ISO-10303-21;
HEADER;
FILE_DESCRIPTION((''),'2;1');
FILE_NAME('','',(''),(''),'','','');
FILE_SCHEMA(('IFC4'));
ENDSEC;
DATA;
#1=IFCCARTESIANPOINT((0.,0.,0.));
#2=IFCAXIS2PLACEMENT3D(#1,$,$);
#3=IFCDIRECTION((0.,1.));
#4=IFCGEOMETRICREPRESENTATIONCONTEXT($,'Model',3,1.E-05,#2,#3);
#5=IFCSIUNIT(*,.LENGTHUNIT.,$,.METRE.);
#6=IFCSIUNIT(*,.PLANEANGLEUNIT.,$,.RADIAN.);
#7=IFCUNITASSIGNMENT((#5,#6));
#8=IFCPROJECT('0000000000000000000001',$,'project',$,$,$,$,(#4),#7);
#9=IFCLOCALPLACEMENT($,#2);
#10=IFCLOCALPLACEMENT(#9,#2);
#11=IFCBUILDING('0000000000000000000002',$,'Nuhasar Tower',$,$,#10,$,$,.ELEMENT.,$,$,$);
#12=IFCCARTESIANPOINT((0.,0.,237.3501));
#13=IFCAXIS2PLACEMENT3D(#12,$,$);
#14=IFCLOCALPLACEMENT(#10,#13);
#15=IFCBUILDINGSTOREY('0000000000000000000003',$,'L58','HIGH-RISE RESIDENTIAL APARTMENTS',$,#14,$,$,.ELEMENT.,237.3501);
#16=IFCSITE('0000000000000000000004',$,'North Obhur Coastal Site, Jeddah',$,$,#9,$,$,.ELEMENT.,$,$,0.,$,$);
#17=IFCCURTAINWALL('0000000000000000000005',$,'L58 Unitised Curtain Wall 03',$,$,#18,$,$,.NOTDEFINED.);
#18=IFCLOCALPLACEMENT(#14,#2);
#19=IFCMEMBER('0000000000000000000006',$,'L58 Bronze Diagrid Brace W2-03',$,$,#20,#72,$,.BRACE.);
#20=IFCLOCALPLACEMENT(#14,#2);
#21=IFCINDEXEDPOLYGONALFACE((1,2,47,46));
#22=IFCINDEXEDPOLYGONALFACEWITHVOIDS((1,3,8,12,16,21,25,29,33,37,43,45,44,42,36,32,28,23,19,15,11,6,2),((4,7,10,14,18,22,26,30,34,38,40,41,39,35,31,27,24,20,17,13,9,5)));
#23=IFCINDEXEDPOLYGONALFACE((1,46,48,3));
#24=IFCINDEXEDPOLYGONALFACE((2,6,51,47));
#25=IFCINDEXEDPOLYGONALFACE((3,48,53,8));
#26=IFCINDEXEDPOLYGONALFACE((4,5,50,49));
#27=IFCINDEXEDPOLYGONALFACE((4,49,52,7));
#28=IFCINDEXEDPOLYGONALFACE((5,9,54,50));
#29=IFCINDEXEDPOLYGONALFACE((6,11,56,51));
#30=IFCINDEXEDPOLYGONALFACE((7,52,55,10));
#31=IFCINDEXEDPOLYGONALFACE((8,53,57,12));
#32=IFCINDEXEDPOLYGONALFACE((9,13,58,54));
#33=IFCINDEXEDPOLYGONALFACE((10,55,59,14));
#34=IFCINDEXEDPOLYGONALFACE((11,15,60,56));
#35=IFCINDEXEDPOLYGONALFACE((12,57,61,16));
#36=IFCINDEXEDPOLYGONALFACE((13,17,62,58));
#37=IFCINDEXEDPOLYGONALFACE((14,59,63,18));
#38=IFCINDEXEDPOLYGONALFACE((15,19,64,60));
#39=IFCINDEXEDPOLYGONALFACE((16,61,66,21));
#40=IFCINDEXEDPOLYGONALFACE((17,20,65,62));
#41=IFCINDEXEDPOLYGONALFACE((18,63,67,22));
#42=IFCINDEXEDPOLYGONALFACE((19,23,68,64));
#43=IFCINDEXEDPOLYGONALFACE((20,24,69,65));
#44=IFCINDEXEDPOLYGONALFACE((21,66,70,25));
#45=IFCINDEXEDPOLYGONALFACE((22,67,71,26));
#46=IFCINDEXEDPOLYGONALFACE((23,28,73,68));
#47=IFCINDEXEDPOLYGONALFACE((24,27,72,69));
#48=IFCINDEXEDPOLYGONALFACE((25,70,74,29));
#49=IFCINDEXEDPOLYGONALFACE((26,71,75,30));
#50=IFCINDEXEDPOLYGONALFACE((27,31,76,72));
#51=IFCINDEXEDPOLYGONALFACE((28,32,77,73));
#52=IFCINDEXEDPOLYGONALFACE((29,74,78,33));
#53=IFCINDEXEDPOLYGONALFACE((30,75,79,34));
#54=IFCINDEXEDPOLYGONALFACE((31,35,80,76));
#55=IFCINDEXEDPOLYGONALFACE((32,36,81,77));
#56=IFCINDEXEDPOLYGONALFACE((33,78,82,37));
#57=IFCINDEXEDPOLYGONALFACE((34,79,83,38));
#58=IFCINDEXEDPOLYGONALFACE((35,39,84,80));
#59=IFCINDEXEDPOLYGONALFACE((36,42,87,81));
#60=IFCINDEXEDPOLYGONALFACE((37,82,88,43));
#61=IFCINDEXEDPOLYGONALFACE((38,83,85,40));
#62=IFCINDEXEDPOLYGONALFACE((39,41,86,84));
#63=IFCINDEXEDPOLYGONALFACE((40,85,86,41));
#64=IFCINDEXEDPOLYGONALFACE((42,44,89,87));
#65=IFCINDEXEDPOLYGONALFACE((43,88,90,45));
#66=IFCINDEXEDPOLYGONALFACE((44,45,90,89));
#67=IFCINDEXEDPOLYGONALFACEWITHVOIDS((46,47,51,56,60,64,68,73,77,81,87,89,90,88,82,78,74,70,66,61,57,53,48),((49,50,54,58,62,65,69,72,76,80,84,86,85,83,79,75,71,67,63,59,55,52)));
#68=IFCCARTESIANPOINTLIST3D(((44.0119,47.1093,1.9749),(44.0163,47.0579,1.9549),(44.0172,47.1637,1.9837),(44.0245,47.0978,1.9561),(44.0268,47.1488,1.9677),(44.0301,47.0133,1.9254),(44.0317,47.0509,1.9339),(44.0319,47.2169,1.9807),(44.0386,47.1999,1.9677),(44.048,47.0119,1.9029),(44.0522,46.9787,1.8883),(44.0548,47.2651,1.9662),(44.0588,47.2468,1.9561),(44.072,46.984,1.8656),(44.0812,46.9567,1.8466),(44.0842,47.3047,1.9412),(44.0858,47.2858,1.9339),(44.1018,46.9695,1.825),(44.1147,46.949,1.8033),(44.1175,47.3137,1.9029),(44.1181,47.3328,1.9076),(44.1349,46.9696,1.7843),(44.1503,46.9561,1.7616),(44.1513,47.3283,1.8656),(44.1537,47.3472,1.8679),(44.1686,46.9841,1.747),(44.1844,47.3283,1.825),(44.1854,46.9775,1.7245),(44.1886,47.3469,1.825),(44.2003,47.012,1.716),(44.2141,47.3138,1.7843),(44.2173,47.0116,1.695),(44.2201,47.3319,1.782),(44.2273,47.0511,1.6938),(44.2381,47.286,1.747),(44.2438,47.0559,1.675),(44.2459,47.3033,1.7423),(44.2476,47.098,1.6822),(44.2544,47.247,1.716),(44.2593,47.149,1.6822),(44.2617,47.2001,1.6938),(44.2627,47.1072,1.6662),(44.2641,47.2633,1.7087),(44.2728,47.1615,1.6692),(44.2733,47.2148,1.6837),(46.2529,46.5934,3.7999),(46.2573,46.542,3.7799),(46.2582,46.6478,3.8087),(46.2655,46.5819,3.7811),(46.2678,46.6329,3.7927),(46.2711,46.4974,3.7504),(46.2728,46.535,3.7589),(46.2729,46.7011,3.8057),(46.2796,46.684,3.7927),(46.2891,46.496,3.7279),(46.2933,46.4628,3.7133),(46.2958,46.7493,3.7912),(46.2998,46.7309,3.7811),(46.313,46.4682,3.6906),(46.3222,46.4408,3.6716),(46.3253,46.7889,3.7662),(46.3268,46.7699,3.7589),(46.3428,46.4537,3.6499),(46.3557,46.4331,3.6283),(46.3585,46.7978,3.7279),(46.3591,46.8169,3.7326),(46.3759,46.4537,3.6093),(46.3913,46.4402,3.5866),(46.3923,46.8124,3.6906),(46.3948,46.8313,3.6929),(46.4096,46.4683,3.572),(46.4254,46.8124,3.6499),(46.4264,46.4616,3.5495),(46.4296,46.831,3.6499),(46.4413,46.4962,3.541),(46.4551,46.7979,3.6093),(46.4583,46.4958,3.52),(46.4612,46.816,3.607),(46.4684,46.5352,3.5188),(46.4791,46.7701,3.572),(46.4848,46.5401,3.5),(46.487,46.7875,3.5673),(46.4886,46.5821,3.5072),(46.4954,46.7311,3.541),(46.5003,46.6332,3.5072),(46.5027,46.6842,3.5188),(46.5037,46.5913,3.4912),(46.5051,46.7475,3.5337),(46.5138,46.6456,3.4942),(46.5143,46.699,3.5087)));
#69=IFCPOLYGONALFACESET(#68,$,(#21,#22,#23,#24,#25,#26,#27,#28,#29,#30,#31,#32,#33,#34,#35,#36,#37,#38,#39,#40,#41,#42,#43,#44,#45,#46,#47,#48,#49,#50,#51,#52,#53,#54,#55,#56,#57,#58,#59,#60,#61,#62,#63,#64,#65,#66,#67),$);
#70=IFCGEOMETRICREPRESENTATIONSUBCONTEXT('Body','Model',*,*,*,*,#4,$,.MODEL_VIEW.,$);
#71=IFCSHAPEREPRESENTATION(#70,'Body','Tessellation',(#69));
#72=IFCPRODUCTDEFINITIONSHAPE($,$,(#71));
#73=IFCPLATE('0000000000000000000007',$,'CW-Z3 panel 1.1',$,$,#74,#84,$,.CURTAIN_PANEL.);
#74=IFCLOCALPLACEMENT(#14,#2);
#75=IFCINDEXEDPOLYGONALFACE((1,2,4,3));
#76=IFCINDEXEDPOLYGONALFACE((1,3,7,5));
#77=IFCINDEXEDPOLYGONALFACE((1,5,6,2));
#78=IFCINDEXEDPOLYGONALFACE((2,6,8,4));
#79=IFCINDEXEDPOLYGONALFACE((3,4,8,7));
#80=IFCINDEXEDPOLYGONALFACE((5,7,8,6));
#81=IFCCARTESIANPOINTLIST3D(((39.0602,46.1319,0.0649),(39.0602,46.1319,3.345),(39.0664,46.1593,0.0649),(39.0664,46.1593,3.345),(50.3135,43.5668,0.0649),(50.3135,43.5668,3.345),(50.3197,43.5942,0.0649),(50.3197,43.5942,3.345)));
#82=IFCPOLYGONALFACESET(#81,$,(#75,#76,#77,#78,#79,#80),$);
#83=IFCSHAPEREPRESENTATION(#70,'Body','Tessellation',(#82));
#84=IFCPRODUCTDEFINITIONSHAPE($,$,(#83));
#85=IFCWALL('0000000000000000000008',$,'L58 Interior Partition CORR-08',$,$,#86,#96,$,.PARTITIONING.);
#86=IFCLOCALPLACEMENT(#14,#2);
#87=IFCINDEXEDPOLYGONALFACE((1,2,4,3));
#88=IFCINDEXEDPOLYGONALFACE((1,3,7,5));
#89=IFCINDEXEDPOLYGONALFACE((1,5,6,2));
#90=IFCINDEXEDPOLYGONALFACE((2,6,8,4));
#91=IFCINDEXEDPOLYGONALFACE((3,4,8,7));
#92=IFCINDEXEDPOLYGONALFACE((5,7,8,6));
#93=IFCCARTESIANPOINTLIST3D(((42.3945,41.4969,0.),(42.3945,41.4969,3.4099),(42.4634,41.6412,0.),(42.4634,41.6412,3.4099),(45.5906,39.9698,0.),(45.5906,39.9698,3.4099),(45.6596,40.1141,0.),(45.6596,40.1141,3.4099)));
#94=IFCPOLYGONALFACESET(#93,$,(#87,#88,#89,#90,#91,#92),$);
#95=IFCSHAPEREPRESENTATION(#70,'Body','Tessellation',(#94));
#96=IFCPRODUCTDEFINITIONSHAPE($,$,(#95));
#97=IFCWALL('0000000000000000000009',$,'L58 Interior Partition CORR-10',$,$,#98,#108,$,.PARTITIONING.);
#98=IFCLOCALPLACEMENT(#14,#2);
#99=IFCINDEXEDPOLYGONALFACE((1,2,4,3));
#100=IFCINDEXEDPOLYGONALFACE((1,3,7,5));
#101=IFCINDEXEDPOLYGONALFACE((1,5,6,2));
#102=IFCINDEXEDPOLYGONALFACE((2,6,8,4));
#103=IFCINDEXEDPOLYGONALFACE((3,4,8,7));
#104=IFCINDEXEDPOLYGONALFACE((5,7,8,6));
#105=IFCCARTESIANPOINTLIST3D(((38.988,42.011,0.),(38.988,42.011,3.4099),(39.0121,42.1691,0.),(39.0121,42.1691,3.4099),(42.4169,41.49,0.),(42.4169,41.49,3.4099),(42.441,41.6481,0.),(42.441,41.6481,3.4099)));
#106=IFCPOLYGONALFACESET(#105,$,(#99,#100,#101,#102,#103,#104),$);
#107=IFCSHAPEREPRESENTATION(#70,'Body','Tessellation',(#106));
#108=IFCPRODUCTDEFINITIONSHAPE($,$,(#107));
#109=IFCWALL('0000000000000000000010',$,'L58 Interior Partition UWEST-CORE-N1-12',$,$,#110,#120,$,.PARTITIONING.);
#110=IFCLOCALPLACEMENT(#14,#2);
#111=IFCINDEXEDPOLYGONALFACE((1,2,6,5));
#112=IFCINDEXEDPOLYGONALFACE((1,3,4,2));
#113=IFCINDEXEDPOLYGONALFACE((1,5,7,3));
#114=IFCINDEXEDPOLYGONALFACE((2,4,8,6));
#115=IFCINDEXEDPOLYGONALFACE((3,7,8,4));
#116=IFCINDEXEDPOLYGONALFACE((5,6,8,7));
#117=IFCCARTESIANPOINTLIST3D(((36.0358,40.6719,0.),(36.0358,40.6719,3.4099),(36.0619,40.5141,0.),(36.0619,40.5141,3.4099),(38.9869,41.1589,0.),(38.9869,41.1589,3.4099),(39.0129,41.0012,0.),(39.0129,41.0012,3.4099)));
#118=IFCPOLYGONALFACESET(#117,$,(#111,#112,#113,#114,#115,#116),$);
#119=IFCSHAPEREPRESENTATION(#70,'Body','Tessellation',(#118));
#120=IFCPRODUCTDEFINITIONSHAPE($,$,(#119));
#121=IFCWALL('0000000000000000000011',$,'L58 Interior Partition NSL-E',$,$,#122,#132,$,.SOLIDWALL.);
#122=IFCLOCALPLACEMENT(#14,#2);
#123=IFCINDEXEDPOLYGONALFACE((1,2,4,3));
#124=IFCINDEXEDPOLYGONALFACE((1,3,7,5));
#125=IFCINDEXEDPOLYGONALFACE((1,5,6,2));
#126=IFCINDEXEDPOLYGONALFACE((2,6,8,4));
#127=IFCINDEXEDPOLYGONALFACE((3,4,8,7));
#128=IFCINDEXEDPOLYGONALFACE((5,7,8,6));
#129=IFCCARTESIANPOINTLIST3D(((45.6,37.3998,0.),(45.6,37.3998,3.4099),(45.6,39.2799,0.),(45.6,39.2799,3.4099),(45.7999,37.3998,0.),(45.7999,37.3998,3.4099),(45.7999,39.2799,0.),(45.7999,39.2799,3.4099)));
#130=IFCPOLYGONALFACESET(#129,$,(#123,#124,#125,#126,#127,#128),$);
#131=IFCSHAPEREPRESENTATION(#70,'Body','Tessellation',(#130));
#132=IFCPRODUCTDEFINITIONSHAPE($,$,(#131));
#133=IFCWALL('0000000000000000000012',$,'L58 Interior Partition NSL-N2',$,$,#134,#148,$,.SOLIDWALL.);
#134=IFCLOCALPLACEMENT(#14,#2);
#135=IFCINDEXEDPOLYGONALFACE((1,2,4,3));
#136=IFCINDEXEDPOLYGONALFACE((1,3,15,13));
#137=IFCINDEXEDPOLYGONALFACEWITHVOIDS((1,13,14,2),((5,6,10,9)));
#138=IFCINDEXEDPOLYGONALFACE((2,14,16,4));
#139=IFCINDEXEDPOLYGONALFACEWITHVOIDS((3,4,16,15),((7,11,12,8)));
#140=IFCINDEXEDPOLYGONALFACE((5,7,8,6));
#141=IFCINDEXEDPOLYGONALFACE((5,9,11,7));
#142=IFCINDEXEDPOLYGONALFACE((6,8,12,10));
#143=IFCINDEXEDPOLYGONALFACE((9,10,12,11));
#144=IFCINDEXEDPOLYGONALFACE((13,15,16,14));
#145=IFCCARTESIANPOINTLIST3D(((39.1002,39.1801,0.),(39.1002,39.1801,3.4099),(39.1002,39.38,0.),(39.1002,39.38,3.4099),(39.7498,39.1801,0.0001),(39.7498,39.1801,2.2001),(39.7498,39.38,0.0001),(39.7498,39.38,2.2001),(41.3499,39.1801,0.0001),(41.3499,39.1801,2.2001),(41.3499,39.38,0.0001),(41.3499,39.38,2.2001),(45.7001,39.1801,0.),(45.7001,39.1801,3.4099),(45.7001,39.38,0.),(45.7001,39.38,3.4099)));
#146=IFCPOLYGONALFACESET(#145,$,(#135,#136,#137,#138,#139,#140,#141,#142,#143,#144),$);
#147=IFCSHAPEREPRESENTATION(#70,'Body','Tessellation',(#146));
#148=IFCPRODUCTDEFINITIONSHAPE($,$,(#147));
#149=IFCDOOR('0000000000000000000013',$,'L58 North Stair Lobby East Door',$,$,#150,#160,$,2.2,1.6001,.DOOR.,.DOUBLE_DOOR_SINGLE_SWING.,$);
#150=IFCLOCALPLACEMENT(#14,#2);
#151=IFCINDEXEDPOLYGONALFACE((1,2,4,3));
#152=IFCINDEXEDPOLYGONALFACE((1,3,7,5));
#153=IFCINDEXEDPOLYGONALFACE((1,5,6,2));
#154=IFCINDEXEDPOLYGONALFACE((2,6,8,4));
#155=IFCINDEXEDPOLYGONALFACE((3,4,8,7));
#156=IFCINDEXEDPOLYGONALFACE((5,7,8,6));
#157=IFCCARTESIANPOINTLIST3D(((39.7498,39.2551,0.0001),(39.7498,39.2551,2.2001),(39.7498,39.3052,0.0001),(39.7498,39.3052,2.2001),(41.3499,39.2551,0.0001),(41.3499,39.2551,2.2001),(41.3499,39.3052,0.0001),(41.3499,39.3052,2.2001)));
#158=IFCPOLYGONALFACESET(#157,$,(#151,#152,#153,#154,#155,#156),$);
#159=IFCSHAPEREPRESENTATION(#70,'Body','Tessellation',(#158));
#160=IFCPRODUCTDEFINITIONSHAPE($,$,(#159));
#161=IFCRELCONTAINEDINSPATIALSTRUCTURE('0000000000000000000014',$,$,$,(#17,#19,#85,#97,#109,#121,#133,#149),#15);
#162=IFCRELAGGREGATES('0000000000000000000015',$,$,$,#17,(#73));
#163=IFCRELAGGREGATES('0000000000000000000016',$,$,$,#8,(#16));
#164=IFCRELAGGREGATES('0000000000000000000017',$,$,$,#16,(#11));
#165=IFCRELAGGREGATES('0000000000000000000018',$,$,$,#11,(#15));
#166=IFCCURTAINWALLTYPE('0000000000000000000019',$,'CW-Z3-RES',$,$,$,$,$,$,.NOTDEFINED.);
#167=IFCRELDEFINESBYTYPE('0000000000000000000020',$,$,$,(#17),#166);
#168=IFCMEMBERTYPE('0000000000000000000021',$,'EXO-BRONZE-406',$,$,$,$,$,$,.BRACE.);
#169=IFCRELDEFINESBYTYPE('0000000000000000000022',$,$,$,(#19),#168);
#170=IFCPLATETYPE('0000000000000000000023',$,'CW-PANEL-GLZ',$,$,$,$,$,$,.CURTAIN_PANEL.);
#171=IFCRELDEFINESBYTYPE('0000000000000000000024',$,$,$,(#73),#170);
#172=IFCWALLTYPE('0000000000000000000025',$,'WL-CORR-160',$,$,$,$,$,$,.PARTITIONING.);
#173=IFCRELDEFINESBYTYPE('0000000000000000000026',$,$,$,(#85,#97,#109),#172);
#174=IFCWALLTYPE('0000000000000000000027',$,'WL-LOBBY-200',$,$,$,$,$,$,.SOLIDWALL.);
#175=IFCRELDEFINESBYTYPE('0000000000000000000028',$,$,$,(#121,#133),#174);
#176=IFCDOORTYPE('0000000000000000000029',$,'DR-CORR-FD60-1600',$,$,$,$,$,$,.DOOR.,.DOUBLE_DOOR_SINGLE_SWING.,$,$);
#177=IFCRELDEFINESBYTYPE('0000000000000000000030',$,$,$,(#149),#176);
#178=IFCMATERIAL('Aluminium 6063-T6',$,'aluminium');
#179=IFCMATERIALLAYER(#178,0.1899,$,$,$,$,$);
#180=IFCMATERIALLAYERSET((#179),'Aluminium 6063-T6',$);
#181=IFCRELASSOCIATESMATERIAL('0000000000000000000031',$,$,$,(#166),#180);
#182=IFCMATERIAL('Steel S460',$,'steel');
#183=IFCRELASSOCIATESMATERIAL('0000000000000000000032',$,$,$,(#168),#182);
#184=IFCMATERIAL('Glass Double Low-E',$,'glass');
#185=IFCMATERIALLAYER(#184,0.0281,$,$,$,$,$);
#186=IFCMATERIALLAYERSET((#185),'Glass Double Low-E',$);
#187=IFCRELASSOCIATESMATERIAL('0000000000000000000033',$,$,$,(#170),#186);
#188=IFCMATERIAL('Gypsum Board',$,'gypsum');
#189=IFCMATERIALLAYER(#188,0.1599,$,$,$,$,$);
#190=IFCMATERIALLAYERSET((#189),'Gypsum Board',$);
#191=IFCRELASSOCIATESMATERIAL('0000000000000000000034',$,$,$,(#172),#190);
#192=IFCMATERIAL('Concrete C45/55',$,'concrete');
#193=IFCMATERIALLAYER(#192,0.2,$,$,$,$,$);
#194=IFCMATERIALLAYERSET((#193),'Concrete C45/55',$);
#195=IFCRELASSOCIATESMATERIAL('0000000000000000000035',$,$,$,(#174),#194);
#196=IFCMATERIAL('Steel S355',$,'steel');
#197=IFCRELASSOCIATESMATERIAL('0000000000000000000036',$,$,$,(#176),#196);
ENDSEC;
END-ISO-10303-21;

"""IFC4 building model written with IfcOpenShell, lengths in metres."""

from ifc_helpers import new_model, si_unit, direction, frame, frame_2d, origin, origin_2d, place, context, subcontext, project, spatial, rectangle, hollow_circle, extrude, material, layer, layer_set, material_profile, profile_set, type_object, element, fill, aggregate, save


model = new_model("IFC4")

# Units and contexts
model_context = context("Model", 3, precision=1e-05, world=origin(), true_north=direction((0.0, 1.0)))
body_context = subcontext(model_context, "Body", "Model", "MODEL_VIEW")
ifc_project = project(units=[si_unit("LENGTHUNIT", "METRE"), si_unit("PLANEANGLEUNIT", "RADIAN")], contexts=[model_context])

# Site, building, storey
site_placement = place(None, origin())
site = spatial("IfcSite", under=ifc_project, at=site_placement, Name="North Obhur Coastal Site, Jeddah", CompositionType="ELEMENT", RefElevation=0.0)
building_placement = place(site_placement, origin())
building = spatial("IfcBuilding", under=site, at=building_placement, Name="Nuhasar Tower", CompositionType="ELEMENT")
storey_placement = place(building_placement, frame((0.0, 0.0, 237.3501)))
storey = spatial("IfcBuildingStorey", under=building, at=storey_placement, Name="L58", Description="HIGH-RISE RESIDENTIAL APARTMENTS", CompositionType="ELEMENT", Elevation=237.3501)

# Shared definitions
ifc_material_1 = material(Name="Steel S355", Category="steel")

# Curtain wall
ifc_material_2 = material(Name="Aluminium 6063-T6", Category="aluminium")
ifc_layer_1 = layer(ifc_material_2, 0.1899)
ifc_layer_set_1 = layer_set([ifc_layer_1], Name="Aluminium 6063-T6")
curtain_wall_type = type_object("IfcCurtainWallType", Name="CW-Z3-RES", PredefinedType="NOTDEFINED", material=ifc_layer_set_1)
curtain_wall_placement = place(storey_placement, origin())
curtain_wall = element("IfcCurtainWall", 1, at=curtain_wall_placement, inside=storey, type_object=curtain_wall_type, Name="L58 Unitised Curtain Wall 03", PredefinedType="NOTDEFINED")

# Member
ifc_material_3 = material(Name="Steel S460", Category="steel")
ifc_material_profile_1 = material_profile(ifc_material_3, hollow_circle(Radius=0.2031, WallThickness=0.019, at=origin_2d()), Name="HSS406.4X19.1")
ifc_profile_set_1 = profile_set([ifc_material_profile_1], Name="Steel S460")
member_type_1 = type_object("IfcMemberType", Name="EXO-BRONZE-406", PredefinedType="BRACE", material=ifc_profile_set_1)
for number, where, z_axis, x_axis, name in (
    (2, (44.1431, 47.1489, 1.825), (0.763343, -0.175721, 0.621635), (0.224332, 0.974513, 0.0), "L58 Bronze Diagrid Brace W2-03"),
):
    element("IfcMember", number, at=place(storey_placement, frame(where, z_axis=z_axis, x_axis=x_axis)), inside=storey, type_object=member_type_1, Name=name, PredefinedType="BRACE", context=body_context, shape_type="SweptSolid", body=[
        extrude(hollow_circle(Radius=0.2031, WallThickness=0.019, at=origin_2d()), origin(), (0.0, 0.0, 1.0), 2.9358),
    ])

# Plate
ifc_material_4 = material(Name="Glass Double Low-E", Category="glass")
ifc_layer_2 = layer(ifc_material_4, 0.0281)
ifc_layer_set_2 = layer_set([ifc_layer_2], Name="Glass Double Low-E")
plate_type = type_object("IfcPlateType", Name="CW-PANEL-GLZ", PredefinedType="CURTAIN_PANEL", material=ifc_layer_set_2)
plate_placement = place(storey_placement, frame((44.6899, 44.863, 0.0649), z_axis=(0.0, 0.0, 1.0), x_axis=(-0.974991, 0.222243, 0.0)))
plate = element("IfcPlate", 3, at=plate_placement, type_object=plate_type, Name="CW-Z3 panel 1.1", PredefinedType="CURTAIN_PANEL", context=body_context, shape_type="SweptSolid", body=[
    extrude(rectangle(XDim=11.542, YDim=0.0281, at=origin_2d()), origin(), (0.0, 0.0, 1.0), 3.28),
])
aggregate(curtain_wall, [plate])

# Walls
ifc_material_5 = material(Name="Gypsum Board", Category="gypsum")
ifc_layer_3 = layer(ifc_material_5, 0.1599)
ifc_layer_set_3 = layer_set([ifc_layer_3], Name="Gypsum Board")
wall_type_1 = type_object("IfcWallType", Name="WL-CORR-160", PredefinedType="PARTITIONING", material=ifc_layer_set_3)
wall_1_placement = place(storey_placement, frame((45.625, 40.042, 0.0), z_axis=(0.0, 0.0, 1.0), x_axis=(-0.902293, 0.431124, 0.0)))
element("IfcWall", 4, at=wall_1_placement, inside=storey, type_object=wall_type_1, Name="L58 Interior Partition CORR-08", PredefinedType="PARTITIONING", context=body_context, shape_type="SweptSolid", body=[
    extrude(rectangle(XDim=3.5422, YDim=0.1599, at=frame_2d((1.771, 0.0))), origin(), (0.0, 0.0, 1.0), 3.4099),
])
wall_2_placement = place(storey_placement, frame((42.429, 41.5691, 0.0), z_axis=(0.0, 0.0, 1.0), x_axis=(-0.988653, 0.150216, 0.0)))
element("IfcWall", 5, at=wall_2_placement, inside=storey, type_object=wall_type_1, Name="L58 Interior Partition CORR-10", PredefinedType="PARTITIONING", context=body_context, shape_type="SweptSolid", body=[
    extrude(rectangle(XDim=3.4683, YDim=0.1599, at=frame_2d((1.7341, 0.0))), origin(), (0.0, 0.0, 1.0), 3.4099),
])
wall_3_placement = place(storey_placement, frame((39.0, 41.0801, 0.0), z_axis=(0.0, 0.0, 1.0), x_axis=(-0.986651, -0.16285, 0.0)))
element("IfcWall", 6, at=wall_3_placement, inside=storey, type_object=wall_type_1, Name="L58 Interior Partition UWEST-CORE-N1-12", PredefinedType="PARTITIONING", context=body_context, shape_type="SweptSolid", body=[
    extrude(rectangle(XDim=2.991, YDim=0.1599, at=frame_2d((1.4956, 0.0))), origin(), (0.0, 0.0, 1.0), 3.4099),
])
ifc_material_6 = material(Name="Concrete C45/55", Category="concrete")
ifc_layer_4 = layer(ifc_material_6, 0.2)
ifc_layer_set_4 = layer_set([ifc_layer_4], Name="Concrete C45/55")
wall_type_2 = type_object("IfcWallType", Name="WL-LOBBY-200", PredefinedType="SOLIDWALL", material=ifc_layer_set_4)
wall_4_placement = place(storey_placement, frame((45.7, 37.3999, 0.0), z_axis=(0.0, 0.0, 1.0), x_axis=(0.0, 1.0, 0.0)))
element("IfcWall", 7, at=wall_4_placement, inside=storey, type_object=wall_type_2, Name="L58 Interior Partition NSL-E", PredefinedType="SOLIDWALL", context=body_context, shape_type="SweptSolid", body=[
    extrude(rectangle(XDim=1.8801, YDim=0.2, at=frame_2d((0.9399, 0.0))), origin(), (0.0, 0.0, 1.0), 3.4099),
])

# Wall, opening, door
wall_5_placement = place(storey_placement, frame((45.7, 39.28, 0.0), z_axis=(0.0, 0.0, 1.0), x_axis=(-1.0, 0.0, 0.0)))
wall_5 = element("IfcWall", 8, at=wall_5_placement, inside=storey, type_object=wall_type_2, Name="L58 Interior Partition NSL-N2", PredefinedType="SOLIDWALL", context=body_context, shape_type="SweptSolid", body=[
    extrude(rectangle(XDim=6.5999, YDim=0.2, at=frame_2d((3.2998, 0.0))), origin(), (0.0, 0.0, 1.0), 3.4099),
])
opening_1_placement = place(wall_5_placement, frame((4.3501, 0.0, 0.0)))
opening_1 = element("IfcOpeningElement", 9, at=opening_1_placement, cuts=wall_5, PredefinedType="OPENING", context=body_context, shape_type="SweptSolid", body=[
    extrude(rectangle(XDim=1.6001, YDim=2.2, at=frame_2d((0.8, 1.1001))), frame((0.0, 0.1099, 0.0), z_axis=(0.0, -1.0, 0.0), x_axis=(1.0, 0.0, 0.0)), (0.0, 0.0, 1.0), 0.22),
])
door_type_1 = type_object("IfcDoorType", Name="DR-CORR-FD60-1600", OperationType="DOUBLE_DOOR_SINGLE_SWING", PredefinedType="DOOR", material=ifc_material_1)
door_1_placement = place(opening_1_placement, origin())
door_1 = element("IfcDoor", 10, at=door_1_placement, inside=storey, type_object=door_type_1, Name="L58 North Stair Lobby East Door", OperationType="DOUBLE_DOOR_SINGLE_SWING", OverallHeight=2.2, OverallWidth=1.6001, PredefinedType="DOOR", context=body_context, shape_type="SweptSolid", body=[
    extrude(rectangle(XDim=1.6001, YDim=2.2, at=frame_2d((0.8, 1.1001))), frame((0.0, 0.0249, 0.0), z_axis=(0.0, -1.0, 0.0), x_axis=(1.0, 0.0, 0.0)), (0.0, 0.0, 1.0), 0.05),
])
fill(opening_1, door_1)

save(model, "model.ifc")
